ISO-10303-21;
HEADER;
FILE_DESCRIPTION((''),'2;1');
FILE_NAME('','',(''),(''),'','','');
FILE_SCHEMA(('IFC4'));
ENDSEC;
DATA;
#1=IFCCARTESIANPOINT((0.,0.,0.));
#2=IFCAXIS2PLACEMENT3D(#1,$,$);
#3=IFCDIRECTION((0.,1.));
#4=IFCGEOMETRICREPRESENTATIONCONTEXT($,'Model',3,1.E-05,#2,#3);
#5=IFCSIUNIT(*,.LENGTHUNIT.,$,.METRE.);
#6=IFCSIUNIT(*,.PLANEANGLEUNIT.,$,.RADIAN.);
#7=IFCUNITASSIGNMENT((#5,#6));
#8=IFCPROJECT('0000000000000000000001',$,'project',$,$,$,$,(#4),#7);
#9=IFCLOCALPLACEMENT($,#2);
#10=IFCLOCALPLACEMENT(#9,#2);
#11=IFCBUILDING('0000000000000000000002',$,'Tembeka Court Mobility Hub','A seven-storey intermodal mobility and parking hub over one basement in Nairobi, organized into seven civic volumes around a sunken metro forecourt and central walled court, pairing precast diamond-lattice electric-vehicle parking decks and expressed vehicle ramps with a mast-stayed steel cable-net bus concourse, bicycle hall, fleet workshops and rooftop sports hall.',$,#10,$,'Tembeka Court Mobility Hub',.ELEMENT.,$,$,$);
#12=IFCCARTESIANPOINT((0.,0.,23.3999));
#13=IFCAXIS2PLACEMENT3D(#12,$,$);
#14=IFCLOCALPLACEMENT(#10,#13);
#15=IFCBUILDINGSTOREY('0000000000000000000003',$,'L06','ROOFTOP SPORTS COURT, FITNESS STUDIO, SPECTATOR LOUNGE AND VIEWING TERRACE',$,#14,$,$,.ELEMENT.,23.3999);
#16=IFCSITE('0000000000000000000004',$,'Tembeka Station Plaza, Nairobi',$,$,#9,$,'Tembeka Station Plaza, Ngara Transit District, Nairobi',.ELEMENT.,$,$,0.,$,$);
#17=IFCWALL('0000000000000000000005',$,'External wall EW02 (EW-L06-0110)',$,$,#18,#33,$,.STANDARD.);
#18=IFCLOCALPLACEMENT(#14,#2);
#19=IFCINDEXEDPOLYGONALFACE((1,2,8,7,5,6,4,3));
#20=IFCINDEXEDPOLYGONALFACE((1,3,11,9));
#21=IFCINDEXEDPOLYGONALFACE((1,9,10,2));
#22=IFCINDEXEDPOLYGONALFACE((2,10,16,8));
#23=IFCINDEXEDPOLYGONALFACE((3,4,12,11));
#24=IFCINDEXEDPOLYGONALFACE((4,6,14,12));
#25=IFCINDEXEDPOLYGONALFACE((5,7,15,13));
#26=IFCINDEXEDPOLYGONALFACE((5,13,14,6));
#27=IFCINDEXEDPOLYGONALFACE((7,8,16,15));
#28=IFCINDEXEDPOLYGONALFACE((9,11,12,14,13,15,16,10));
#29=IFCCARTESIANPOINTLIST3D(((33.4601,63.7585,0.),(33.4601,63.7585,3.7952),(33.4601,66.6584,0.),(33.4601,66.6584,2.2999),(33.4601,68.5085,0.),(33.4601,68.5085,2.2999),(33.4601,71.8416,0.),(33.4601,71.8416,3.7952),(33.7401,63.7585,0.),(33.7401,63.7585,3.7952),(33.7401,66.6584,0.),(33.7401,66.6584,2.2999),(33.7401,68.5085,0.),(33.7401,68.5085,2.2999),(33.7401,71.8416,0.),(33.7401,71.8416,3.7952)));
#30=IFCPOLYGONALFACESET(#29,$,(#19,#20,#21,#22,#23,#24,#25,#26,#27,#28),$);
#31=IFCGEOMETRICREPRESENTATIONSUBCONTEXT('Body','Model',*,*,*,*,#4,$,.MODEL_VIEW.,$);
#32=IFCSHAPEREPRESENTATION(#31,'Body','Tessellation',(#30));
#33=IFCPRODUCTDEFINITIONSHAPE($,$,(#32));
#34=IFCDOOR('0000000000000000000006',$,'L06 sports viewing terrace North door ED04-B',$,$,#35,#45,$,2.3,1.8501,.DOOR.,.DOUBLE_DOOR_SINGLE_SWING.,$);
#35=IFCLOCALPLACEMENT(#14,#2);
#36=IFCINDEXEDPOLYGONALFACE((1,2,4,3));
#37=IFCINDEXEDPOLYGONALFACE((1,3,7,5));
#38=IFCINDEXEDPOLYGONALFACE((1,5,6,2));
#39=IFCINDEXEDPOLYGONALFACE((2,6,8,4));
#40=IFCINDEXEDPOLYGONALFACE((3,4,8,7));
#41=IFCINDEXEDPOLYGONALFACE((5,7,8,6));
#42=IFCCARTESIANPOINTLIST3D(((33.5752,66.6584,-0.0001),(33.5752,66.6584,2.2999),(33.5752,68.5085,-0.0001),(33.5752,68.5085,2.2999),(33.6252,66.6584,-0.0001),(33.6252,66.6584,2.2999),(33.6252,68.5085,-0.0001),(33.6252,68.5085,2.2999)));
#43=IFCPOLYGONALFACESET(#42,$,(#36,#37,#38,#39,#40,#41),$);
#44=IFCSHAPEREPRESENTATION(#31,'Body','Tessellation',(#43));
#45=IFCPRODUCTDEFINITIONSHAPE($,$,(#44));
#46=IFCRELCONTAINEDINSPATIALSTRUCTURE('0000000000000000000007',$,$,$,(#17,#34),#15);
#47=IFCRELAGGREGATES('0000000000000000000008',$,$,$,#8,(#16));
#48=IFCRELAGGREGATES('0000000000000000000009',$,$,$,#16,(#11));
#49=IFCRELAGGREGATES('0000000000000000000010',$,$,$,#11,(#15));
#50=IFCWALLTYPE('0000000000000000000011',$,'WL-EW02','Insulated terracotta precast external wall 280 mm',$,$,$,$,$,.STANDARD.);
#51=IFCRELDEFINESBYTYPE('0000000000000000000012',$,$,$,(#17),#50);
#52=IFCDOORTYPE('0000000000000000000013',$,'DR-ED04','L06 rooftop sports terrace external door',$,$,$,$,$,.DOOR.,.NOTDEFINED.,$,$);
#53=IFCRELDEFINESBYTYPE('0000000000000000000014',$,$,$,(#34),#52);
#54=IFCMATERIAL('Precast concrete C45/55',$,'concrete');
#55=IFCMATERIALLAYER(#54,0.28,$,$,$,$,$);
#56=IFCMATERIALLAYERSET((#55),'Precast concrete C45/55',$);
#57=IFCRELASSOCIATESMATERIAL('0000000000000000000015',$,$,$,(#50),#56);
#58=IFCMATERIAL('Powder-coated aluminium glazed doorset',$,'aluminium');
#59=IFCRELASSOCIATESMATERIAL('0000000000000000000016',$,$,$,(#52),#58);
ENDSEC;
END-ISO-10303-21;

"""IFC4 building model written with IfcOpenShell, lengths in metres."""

from ifc_helpers import new_model, si_unit, direction, frame, frame_2d, origin, place, context, subcontext, project, spatial, rectangle, extrude, material, layer, layer_set, type_object, element, fill, save


model = new_model("IFC4")

# Units and contexts
model_context = context("Model", 3, precision=1e-05, world=origin(), true_north=direction((0.0, 1.0)))
body_context = subcontext(model_context, "Body", "Model", "MODEL_VIEW")
ifc_project = project(units=[si_unit("LENGTHUNIT", "METRE"), si_unit("PLANEANGLEUNIT", "RADIAN")], contexts=[model_context])

# Site, building, storey
site_placement = place(None, origin())
site = spatial("IfcSite", under=ifc_project, at=site_placement, Name="Tembeka Station Plaza, Nairobi", LongName="Tembeka Station Plaza, Ngara Transit District, Nairobi", CompositionType="ELEMENT", RefElevation=0.0)
building_placement = place(site_placement, origin())
building = spatial("IfcBuilding", under=site, at=building_placement, Name="Tembeka Court Mobility Hub", Description="A seven-storey intermodal mobility and parking hub over one basement in Nairobi, organized into seven civic volumes around a sunken metro forecourt and central walled court, pairing precast diamond-lattice electric-vehicle parking decks and expressed vehicle ramps with a mast-stayed steel cable-net bus concourse, bicycle hall, fleet workshops and rooftop sports hall.", LongName="Tembeka Court Mobility Hub", CompositionType="ELEMENT")
storey_placement = place(building_placement, frame((0.0, 0.0, 23.3999)))
storey = spatial("IfcBuildingStorey", under=building, at=storey_placement, Name="L06", Description="ROOFTOP SPORTS COURT, FITNESS STUDIO, SPECTATOR LOUNGE AND VIEWING TERRACE", CompositionType="ELEMENT", Elevation=23.3999)

# Wall, opening, door
ifc_material_1 = material(Name="Precast concrete C45/55", Category="concrete")
ifc_layer_1 = layer(ifc_material_1, 0.28)
ifc_layer_set_1 = layer_set([ifc_layer_1], Name="Precast concrete C45/55")
wall_type = type_object("IfcWallType", Name="WL-EW02", Description="Insulated terracotta precast external wall 280 mm", PredefinedType="STANDARD", material=ifc_layer_set_1)
wall_placement = place(storey_placement, frame((33.6001, 63.7585, 0.0), z_axis=(0.0, 0.0, 1.0), x_axis=(0.0, 1.0, 0.0)))
wall = element("IfcWall", 1, at=wall_placement, inside=storey, type_object=wall_type, Name="External wall EW02 (EW-L06-0110)", PredefinedType="STANDARD", context=body_context, shape_type="SweptSolid", body=[
    extrude(rectangle(XDim=8.083, YDim=0.28, at=frame_2d((4.0415, 0.0))), origin(), (0.0, 0.0, 1.0), 3.7952),
])
opening_placement = place(wall_placement, frame((2.8999, 0.0, 0.0)))
opening = element("IfcOpeningElement", 2, at=opening_placement, cuts=wall, PredefinedType="OPENING", context=body_context, shape_type="SweptSolid", body=[
    extrude(rectangle(XDim=1.8501, YDim=2.3, at=frame_2d((0.925, 1.1499))), frame((0.0, 0.1499, 0.0), z_axis=(0.0, -1.0, 0.0), x_axis=(1.0, 0.0, 0.0)), (0.0, 0.0, 1.0), 0.3),
])
ifc_material_2 = material(Name="Powder-coated aluminium glazed doorset", Category="aluminium")
door_type = type_object("IfcDoorType", Name="DR-ED04", Description="L06 rooftop sports terrace external door", OperationType="NOTDEFINED", PredefinedType="DOOR", material=ifc_material_2)
door_placement = place(opening_placement, origin())
door = element("IfcDoor", 3, at=door_placement, inside=storey, type_object=door_type, Name="L06 sports viewing terrace North door ED04-B", OperationType="DOUBLE_DOOR_SINGLE_SWING", OverallHeight=2.3, OverallWidth=1.8501, PredefinedType="DOOR", context=body_context, shape_type="SweptSolid", body=[
    extrude(rectangle(XDim=1.8501, YDim=2.3, at=frame_2d((0.925, 1.1499))), frame((0.0, 0.0249, 0.0), z_axis=(0.0, -1.0, 0.0), x_axis=(1.0, 0.0, 0.0)), (0.0, 0.0, 1.0), 0.05),
])
fill(opening, door)

save(model, "model.ifc")
